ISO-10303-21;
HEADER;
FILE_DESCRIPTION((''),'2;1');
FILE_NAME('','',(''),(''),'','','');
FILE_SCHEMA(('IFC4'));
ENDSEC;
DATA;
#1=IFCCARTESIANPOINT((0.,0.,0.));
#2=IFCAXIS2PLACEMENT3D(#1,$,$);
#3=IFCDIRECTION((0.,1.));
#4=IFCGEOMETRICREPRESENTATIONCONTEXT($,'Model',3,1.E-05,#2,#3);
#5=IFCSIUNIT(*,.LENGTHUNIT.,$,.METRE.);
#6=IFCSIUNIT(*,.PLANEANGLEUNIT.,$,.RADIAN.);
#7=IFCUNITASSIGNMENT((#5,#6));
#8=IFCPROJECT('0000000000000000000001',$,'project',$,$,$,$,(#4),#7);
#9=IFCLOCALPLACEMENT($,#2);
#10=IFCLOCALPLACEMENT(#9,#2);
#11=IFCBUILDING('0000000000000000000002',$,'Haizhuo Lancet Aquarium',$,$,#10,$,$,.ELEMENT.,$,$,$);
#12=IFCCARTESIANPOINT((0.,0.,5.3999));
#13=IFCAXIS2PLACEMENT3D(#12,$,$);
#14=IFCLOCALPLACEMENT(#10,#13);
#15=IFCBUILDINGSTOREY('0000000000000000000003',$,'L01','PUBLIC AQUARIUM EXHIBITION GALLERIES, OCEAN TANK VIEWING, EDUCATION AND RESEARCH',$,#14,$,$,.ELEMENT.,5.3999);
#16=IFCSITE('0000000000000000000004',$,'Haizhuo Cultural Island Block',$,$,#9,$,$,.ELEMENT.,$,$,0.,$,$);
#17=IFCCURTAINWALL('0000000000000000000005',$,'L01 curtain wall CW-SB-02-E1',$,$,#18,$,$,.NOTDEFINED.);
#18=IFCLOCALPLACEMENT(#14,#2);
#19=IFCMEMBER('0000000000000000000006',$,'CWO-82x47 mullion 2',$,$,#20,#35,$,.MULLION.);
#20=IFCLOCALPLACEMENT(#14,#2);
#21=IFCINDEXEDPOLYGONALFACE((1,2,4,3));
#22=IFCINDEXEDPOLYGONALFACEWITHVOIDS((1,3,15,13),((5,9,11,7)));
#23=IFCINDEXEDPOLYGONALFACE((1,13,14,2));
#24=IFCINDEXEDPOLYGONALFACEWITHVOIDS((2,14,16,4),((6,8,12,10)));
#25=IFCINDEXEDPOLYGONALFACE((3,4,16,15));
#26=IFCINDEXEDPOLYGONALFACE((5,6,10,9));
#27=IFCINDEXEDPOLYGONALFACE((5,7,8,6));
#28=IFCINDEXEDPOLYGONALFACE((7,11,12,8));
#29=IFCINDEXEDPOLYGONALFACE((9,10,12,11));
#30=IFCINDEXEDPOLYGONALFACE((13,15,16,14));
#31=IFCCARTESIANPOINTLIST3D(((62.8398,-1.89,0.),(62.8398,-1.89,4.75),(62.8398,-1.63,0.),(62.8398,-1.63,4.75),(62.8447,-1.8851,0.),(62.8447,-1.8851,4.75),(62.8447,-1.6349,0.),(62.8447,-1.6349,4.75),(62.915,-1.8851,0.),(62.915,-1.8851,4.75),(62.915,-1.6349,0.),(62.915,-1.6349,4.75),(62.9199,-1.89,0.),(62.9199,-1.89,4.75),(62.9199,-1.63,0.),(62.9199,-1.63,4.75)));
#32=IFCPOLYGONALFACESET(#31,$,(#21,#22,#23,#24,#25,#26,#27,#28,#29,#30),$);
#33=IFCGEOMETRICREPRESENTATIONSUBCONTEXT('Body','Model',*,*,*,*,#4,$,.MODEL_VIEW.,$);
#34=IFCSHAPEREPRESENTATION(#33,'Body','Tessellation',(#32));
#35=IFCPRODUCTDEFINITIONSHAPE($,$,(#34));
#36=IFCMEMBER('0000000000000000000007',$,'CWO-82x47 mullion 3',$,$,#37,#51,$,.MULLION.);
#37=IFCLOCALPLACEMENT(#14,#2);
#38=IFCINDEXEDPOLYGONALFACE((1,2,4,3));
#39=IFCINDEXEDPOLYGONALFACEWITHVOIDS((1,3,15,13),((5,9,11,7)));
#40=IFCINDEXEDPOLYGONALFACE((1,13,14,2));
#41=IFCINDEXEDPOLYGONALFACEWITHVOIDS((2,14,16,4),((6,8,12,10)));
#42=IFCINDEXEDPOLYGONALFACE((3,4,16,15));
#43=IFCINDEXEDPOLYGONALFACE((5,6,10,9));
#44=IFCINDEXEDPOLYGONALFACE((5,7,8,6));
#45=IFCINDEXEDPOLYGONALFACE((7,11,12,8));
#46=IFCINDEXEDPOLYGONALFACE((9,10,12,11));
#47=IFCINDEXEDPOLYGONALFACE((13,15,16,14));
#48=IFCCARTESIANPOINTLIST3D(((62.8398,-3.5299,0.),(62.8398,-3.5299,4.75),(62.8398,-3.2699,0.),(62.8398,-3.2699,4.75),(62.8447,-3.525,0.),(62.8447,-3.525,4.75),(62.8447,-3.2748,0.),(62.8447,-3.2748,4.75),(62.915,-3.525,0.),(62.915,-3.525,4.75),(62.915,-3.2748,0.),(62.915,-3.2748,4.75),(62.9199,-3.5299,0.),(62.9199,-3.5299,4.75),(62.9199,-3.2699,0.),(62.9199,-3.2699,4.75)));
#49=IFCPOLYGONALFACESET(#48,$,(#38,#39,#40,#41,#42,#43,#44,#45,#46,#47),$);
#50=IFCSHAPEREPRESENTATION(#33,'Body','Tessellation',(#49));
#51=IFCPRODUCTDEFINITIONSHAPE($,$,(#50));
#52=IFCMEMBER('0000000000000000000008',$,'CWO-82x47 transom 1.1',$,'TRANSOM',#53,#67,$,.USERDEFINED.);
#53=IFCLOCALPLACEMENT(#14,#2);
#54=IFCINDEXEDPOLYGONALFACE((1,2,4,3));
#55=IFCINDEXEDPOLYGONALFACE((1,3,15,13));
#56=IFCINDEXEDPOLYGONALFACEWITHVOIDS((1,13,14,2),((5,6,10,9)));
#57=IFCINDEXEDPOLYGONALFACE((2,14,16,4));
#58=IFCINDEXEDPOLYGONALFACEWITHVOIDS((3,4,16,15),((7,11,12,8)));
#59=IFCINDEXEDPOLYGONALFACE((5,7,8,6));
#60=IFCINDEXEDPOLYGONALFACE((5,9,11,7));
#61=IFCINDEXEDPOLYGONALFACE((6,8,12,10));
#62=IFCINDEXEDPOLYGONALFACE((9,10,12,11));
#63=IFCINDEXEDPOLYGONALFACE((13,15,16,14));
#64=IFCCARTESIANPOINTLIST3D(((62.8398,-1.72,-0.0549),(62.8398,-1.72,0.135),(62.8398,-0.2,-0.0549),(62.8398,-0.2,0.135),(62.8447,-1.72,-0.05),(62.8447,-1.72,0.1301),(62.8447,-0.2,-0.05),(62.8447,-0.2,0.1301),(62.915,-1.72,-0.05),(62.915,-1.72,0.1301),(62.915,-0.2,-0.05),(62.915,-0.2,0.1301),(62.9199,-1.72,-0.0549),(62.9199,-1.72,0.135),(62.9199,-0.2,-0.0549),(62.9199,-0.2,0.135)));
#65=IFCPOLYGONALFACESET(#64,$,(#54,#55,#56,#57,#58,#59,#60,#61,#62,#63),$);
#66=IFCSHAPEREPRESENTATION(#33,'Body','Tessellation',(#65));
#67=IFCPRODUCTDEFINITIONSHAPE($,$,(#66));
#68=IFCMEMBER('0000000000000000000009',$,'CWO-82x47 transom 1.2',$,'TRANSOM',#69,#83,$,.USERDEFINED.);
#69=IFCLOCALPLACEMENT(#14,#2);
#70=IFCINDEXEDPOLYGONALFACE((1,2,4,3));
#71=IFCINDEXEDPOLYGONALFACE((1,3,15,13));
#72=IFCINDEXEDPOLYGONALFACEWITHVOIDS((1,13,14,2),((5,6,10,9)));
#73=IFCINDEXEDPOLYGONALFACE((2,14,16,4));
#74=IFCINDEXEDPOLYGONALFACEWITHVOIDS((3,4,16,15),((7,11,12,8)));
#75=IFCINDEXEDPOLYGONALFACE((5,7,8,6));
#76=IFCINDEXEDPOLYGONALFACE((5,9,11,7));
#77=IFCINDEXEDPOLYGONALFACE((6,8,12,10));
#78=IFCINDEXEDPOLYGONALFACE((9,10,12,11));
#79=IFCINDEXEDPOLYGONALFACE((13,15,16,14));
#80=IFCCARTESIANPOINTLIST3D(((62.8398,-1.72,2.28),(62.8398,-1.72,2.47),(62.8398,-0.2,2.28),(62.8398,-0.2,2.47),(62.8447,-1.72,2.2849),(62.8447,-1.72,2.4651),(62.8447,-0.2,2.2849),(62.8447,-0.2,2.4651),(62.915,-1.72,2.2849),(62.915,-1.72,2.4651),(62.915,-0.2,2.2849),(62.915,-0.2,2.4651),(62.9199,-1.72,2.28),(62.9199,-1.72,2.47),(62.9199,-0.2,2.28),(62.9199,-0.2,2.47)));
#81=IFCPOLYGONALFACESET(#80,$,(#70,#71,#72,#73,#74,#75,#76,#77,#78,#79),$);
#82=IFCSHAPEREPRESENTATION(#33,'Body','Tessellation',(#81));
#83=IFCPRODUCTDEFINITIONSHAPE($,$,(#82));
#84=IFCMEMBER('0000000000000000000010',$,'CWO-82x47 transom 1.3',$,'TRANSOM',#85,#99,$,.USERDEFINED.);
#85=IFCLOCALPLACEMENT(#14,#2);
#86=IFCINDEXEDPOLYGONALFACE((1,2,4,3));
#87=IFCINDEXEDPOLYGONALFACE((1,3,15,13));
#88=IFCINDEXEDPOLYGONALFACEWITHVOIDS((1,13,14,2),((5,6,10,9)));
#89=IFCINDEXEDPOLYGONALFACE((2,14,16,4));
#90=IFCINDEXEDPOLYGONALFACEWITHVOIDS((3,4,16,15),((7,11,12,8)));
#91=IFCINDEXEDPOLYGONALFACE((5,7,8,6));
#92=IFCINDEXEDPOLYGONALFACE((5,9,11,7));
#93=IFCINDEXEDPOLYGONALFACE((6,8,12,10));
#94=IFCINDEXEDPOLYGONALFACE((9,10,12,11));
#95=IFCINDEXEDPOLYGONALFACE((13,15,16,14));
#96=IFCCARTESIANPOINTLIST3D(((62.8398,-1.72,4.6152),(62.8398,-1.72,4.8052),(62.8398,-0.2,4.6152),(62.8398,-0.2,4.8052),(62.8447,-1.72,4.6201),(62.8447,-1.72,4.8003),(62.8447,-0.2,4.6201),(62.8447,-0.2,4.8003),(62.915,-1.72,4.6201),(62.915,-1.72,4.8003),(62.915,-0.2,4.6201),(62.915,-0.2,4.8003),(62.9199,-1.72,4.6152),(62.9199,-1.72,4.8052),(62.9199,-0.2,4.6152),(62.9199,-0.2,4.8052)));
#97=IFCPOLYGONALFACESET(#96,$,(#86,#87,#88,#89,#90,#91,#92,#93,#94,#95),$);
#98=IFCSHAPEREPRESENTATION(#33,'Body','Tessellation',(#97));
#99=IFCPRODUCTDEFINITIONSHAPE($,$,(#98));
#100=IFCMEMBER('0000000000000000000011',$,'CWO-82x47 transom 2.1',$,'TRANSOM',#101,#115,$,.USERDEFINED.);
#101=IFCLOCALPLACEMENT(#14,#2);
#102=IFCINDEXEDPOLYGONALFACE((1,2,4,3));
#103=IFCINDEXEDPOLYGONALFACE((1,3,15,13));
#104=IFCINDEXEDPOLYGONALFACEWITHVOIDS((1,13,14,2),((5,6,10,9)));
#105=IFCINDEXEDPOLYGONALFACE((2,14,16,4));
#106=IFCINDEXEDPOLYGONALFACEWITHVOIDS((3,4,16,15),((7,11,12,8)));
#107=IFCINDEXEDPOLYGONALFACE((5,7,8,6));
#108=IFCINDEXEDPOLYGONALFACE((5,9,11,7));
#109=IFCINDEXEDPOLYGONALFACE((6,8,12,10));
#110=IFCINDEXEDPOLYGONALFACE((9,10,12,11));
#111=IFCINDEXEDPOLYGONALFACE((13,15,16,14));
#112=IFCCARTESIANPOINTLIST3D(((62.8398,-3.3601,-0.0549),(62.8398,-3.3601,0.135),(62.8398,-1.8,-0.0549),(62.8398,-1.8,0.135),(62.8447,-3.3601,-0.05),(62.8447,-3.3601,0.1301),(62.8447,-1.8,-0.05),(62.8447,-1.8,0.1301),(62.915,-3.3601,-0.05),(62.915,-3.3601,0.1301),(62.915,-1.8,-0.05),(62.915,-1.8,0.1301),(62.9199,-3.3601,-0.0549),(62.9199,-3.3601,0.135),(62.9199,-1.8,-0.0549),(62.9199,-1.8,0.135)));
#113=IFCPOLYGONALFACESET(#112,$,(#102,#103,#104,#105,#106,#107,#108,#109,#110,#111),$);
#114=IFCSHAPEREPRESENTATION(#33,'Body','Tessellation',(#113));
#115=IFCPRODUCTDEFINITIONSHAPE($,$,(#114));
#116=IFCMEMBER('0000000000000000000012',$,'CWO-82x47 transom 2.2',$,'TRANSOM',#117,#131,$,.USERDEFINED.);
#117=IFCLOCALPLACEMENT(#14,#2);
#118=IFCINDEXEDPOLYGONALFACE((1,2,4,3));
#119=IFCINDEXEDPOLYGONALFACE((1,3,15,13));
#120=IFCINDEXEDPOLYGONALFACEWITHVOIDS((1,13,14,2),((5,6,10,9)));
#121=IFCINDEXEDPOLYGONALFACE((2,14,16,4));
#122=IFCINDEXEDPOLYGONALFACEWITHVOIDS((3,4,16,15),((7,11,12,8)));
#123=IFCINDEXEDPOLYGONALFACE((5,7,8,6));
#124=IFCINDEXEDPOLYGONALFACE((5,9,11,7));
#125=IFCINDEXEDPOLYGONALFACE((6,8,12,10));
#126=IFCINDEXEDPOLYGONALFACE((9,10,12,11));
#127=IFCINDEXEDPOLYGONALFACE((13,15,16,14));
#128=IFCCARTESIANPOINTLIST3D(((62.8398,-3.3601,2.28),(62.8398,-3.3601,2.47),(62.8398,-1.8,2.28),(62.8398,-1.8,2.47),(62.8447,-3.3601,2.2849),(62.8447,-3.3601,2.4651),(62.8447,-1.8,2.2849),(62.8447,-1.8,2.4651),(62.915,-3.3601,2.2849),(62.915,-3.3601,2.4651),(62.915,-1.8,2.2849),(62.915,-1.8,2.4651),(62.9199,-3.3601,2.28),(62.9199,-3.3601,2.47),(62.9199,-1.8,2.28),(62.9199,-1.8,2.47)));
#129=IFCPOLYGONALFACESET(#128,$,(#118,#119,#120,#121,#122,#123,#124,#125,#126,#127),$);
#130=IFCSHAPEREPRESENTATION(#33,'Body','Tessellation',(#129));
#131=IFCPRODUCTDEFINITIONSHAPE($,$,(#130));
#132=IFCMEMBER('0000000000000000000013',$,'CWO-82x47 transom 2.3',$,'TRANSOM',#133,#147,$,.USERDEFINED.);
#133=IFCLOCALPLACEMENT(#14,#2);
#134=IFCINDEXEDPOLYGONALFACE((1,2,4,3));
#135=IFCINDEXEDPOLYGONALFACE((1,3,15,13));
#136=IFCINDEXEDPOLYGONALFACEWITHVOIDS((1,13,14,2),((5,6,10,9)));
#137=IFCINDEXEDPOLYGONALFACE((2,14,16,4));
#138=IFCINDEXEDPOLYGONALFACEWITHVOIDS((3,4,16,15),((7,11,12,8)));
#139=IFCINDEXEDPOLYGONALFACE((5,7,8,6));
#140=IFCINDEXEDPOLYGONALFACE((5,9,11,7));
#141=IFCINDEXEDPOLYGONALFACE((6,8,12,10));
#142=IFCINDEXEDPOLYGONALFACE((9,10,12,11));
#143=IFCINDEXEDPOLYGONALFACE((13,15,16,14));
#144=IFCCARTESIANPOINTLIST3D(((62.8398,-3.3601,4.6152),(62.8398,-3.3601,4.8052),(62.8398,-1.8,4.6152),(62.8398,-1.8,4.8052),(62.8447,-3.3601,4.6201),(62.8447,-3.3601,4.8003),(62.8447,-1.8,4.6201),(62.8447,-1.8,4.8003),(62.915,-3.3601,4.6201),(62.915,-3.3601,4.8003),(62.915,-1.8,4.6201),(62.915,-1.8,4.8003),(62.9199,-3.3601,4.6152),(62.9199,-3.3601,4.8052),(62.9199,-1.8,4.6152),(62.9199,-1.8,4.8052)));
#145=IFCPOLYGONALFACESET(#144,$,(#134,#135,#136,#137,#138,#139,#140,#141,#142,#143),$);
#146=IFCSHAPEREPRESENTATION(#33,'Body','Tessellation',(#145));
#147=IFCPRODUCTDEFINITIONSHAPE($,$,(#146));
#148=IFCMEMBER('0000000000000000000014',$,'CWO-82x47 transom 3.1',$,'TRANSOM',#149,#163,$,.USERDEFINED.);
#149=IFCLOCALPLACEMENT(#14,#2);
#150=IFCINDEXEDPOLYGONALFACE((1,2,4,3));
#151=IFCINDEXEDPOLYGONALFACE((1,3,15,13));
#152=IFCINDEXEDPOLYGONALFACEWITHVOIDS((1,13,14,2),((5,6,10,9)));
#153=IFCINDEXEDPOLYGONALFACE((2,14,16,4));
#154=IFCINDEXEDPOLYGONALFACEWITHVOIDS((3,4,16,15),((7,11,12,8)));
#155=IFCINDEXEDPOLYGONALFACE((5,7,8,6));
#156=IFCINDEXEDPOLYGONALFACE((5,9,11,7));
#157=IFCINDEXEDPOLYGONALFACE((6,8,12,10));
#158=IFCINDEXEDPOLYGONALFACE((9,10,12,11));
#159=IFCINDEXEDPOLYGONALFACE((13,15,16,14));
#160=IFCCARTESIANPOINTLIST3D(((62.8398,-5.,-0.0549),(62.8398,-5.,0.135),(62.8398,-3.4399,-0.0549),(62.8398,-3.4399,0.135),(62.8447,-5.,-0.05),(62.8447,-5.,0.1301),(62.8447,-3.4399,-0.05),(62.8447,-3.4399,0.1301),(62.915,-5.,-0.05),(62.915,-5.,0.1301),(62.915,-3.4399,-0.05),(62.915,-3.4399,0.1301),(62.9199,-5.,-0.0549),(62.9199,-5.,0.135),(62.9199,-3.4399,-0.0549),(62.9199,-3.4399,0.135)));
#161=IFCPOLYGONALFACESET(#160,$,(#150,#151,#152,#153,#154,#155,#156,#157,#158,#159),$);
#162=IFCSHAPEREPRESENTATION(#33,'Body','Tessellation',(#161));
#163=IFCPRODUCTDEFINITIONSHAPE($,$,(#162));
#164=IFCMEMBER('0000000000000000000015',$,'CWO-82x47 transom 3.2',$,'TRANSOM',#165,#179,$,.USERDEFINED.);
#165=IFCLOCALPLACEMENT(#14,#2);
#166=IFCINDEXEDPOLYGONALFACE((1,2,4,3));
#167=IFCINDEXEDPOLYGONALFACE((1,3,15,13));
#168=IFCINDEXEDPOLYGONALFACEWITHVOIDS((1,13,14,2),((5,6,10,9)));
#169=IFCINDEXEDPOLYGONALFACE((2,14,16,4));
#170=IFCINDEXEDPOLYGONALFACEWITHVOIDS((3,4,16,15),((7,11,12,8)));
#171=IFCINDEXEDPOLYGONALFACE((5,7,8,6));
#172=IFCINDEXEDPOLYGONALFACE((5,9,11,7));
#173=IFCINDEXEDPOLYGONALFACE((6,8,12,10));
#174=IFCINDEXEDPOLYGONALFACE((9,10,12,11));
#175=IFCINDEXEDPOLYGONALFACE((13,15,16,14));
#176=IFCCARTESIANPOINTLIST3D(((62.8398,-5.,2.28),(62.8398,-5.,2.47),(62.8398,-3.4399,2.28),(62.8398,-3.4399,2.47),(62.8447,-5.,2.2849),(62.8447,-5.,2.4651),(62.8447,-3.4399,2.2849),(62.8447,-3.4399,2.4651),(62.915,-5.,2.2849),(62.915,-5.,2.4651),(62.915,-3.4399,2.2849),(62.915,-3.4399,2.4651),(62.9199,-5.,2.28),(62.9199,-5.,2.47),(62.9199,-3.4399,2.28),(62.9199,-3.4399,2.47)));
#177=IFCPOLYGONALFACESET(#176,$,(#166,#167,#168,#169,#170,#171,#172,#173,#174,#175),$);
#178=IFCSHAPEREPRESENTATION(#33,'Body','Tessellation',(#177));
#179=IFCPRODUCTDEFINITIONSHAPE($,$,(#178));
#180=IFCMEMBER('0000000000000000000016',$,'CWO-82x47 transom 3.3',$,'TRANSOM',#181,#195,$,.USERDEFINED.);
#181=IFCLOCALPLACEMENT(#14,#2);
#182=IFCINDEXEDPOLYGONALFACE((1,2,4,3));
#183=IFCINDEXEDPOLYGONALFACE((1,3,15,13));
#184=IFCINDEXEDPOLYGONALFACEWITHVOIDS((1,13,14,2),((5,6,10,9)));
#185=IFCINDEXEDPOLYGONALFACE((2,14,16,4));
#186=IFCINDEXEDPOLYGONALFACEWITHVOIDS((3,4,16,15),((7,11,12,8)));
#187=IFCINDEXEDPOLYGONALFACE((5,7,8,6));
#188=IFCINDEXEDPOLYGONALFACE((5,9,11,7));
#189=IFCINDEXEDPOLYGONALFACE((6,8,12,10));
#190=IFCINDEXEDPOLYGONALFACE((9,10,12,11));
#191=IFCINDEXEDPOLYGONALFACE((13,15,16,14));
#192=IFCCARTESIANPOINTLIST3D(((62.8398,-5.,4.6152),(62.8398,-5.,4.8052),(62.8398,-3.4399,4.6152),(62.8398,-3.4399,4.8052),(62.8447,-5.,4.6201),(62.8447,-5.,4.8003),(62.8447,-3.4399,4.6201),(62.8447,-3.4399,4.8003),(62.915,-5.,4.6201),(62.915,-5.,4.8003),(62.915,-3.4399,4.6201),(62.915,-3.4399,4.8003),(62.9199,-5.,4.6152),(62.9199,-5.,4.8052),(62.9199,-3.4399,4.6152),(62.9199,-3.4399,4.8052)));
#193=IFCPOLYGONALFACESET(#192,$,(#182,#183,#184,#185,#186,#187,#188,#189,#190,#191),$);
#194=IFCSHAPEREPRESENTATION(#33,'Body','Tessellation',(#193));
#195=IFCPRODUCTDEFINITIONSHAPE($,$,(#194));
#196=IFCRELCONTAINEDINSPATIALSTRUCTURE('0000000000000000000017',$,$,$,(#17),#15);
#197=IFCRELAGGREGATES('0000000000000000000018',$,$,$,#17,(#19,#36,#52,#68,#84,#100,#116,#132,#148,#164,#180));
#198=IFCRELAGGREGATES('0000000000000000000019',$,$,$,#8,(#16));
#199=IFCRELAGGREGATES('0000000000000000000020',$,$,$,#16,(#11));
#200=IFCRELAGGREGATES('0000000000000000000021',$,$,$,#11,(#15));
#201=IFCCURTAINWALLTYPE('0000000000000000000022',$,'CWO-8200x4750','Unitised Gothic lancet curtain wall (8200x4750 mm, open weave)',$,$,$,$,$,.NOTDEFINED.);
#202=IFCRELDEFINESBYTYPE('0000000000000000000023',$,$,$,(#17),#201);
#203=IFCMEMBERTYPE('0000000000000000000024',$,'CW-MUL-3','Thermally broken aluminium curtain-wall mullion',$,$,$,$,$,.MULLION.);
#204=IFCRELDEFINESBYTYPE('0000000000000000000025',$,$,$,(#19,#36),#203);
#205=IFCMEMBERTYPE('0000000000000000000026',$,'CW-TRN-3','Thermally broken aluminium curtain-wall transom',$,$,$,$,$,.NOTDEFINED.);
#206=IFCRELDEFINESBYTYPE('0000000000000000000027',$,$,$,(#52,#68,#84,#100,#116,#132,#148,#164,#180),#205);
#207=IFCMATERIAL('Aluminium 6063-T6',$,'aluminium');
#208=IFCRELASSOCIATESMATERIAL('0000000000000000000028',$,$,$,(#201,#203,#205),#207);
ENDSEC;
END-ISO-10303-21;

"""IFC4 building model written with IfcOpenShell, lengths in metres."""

from ifc_helpers import new_model, si_unit, direction, frame, origin, origin_2d, place, context, subcontext, project, spatial, hollow_rectangle, extrude, material, material_profile, profile_set, type_object, element, aggregate, save


model = new_model("IFC4")

# Units and contexts
model_context = context("Model", 3, precision=1e-05, world=origin(), true_north=direction((0.0, 1.0)))
body_context = subcontext(model_context, "Body", "Model", "MODEL_VIEW")
ifc_project = project(units=[si_unit("LENGTHUNIT", "METRE"), si_unit("PLANEANGLEUNIT", "RADIAN")], contexts=[model_context])

# Site, building, storey
site_placement = place(None, origin())
site = spatial("IfcSite", under=ifc_project, at=site_placement, Name="Haizhuo Cultural Island Block", CompositionType="ELEMENT", RefElevation=0.0)
building_placement = place(site_placement, origin())
building = spatial("IfcBuilding", under=site, at=building_placement, Name="Haizhuo Lancet Aquarium", CompositionType="ELEMENT")
storey_placement = place(building_placement, frame((0.0, 0.0, 5.3999)))
storey = spatial("IfcBuildingStorey", under=building, at=storey_placement, Name="L01", Description="PUBLIC AQUARIUM EXHIBITION GALLERIES, OCEAN TANK VIEWING, EDUCATION AND RESEARCH", CompositionType="ELEMENT", Elevation=5.3999)

# Curtain wall, members
ifc_material_1 = material(Name="Aluminium 6063-T6", Category="aluminium")
curtain_wall_type = type_object("IfcCurtainWallType", Name="CWO-8200x4750", Description="Unitised Gothic lancet curtain wall (8200x4750 mm, open weave)", PredefinedType="NOTDEFINED", material=ifc_material_1)
curtain_wall_placement = place(storey_placement, origin())
curtain_wall = element("IfcCurtainWall", 1, at=curtain_wall_placement, inside=storey, type_object=curtain_wall_type, Name="L01 curtain wall CW-SB-02-E1", PredefinedType="NOTDEFINED")
ifc_material_profile_1 = material_profile(ifc_material_1, hollow_rectangle(XDim=0.0801, YDim=0.26, WallThickness=0.0049, at=origin_2d()), Name="ALU-M 80x260x5")
ifc_profile_set_1 = profile_set([ifc_material_profile_1], Name="Aluminium 6063-T6")
member_type_1 = type_object("IfcMemberType", Name="CW-MUL-3", Description="Thermally broken aluminium curtain-wall mullion", PredefinedType="MULLION", material=ifc_profile_set_1)
member_1_placement = place(storey_placement, frame((62.8799, -1.76, 0.0), z_axis=(0.0, 0.0, 1.0), x_axis=(1.0, 0.0, 0.0)))
member_1 = element("IfcMember", 2, at=member_1_placement, type_object=member_type_1, Name="CWO-82x47 mullion 2", PredefinedType="MULLION", context=body_context, shape_type="SweptSolid", body=[
    extrude(hollow_rectangle(XDim=0.0801, YDim=0.26, WallThickness=0.0049, at=origin_2d()), origin(), (0.0, 0.0, 1.0), 4.75),
])
member_2_placement = place(storey_placement, frame((62.8799, -3.3999, 0.0), z_axis=(0.0, 0.0, 1.0), x_axis=(1.0, 0.0, 0.0)))
member_2 = element("IfcMember", 3, at=member_2_placement, type_object=member_type_1, Name="CWO-82x47 mullion 3", PredefinedType="MULLION", context=body_context, shape_type="SweptSolid", body=[
    extrude(hollow_rectangle(XDim=0.0801, YDim=0.26, WallThickness=0.0049, at=origin_2d()), origin(), (0.0, 0.0, 1.0), 4.75),
])
ifc_material_profile_2 = material_profile(ifc_material_1, hollow_rectangle(XDim=0.0801, YDim=0.1899, WallThickness=0.0049, at=origin_2d()), Name="ALU-T 80x190x5")
ifc_profile_set_2 = profile_set([ifc_material_profile_2], Name="Aluminium 6063-T6")
member_type_2 = type_object("IfcMemberType", Name="CW-TRN-3", Description="Thermally broken aluminium curtain-wall transom", PredefinedType="NOTDEFINED", material=ifc_profile_set_2)
member_3_placement = place(storey_placement, frame((62.8799, -0.2, 0.04), z_axis=(0.0, -1.0, 0.0), x_axis=(1.0, 0.0, 0.0)))
member_3 = element("IfcMember", 4, at=member_3_placement, type_object=member_type_2, Name="CWO-82x47 transom 1.1", ObjectType="TRANSOM", PredefinedType="USERDEFINED", context=body_context, shape_type="SweptSolid", body=[
    extrude(hollow_rectangle(XDim=0.0801, YDim=0.1899, WallThickness=0.0049, at=origin_2d()), origin(), (0.0, 0.0, 1.0), 1.52),
])
member_4_placement = place(storey_placement, frame((62.8799, -0.2, 2.375), z_axis=(0.0, -1.0, 0.0), x_axis=(1.0, 0.0, 0.0)))
member_4 = element("IfcMember", 5, at=member_4_placement, type_object=member_type_2, Name="CWO-82x47 transom 1.2", ObjectType="TRANSOM", PredefinedType="USERDEFINED", context=body_context, shape_type="SweptSolid", body=[
    extrude(hollow_rectangle(XDim=0.0801, YDim=0.1899, WallThickness=0.0049, at=origin_2d()), origin(), (0.0, 0.0, 1.0), 1.52),
])
member_5_placement = place(storey_placement, frame((62.8799, -0.2, 4.7102), z_axis=(0.0, -1.0, 0.0), x_axis=(1.0, 0.0, 0.0)))
member_5 = element("IfcMember", 6, at=member_5_placement, type_object=member_type_2, Name="CWO-82x47 transom 1.3", ObjectType="TRANSOM", PredefinedType="USERDEFINED", context=body_context, shape_type="SweptSolid", body=[
    extrude(hollow_rectangle(XDim=0.0801, YDim=0.1899, WallThickness=0.0049, at=origin_2d()), origin(), (0.0, 0.0, 1.0), 1.52),
])
member_6_placement = place(storey_placement, frame((62.8799, -1.8, 0.04), z_axis=(0.0, -1.0, 0.0), x_axis=(1.0, 0.0, 0.0)))
member_6 = element("IfcMember", 7, at=member_6_placement, type_object=member_type_2, Name="CWO-82x47 transom 2.1", ObjectType="TRANSOM", PredefinedType="USERDEFINED", context=body_context, shape_type="SweptSolid", body=[
    extrude(hollow_rectangle(XDim=0.0801, YDim=0.1899, WallThickness=0.0049, at=origin_2d()), origin(), (0.0, 0.0, 1.0), 1.5601),
])
member_7_placement = place(storey_placement, frame((62.8799, -1.8, 2.375), z_axis=(0.0, -1.0, 0.0), x_axis=(1.0, 0.0, 0.0)))
member_7 = element("IfcMember", 8, at=member_7_placement, type_object=member_type_2, Name="CWO-82x47 transom 2.2", ObjectType="TRANSOM", PredefinedType="USERDEFINED", context=body_context, shape_type="SweptSolid", body=[
    extrude(hollow_rectangle(XDim=0.0801, YDim=0.1899, WallThickness=0.0049, at=origin_2d()), origin(), (0.0, 0.0, 1.0), 1.5601),
])
member_8_placement = place(storey_placement, frame((62.8799, -1.8, 4.7102), z_axis=(0.0, -1.0, 0.0), x_axis=(1.0, 0.0, 0.0)))
member_8 = element("IfcMember", 9, at=member_8_placement, type_object=member_type_2, Name="CWO-82x47 transom 2.3", ObjectType="TRANSOM", PredefinedType="USERDEFINED", context=body_context, shape_type="SweptSolid", body=[
    extrude(hollow_rectangle(XDim=0.0801, YDim=0.1899, WallThickness=0.0049, at=origin_2d()), origin(), (0.0, 0.0, 1.0), 1.5601),
])
member_9_placement = place(storey_placement, frame((62.8799, -3.4399, 0.04), z_axis=(0.0, -1.0, 0.0), x_axis=(1.0, 0.0, 0.0)))
member_9 = element("IfcMember", 10, at=member_9_placement, type_object=member_type_2, Name="CWO-82x47 transom 3.1", ObjectType="TRANSOM", PredefinedType="USERDEFINED", context=body_context, shape_type="SweptSolid", body=[
    extrude(hollow_rectangle(XDim=0.0801, YDim=0.1899, WallThickness=0.0049, at=origin_2d()), origin(), (0.0, 0.0, 1.0), 1.5601),
])
member_10_placement = place(storey_placement, frame((62.8799, -3.4399, 2.375), z_axis=(0.0, -1.0, 0.0), x_axis=(1.0, 0.0, 0.0)))
member_10 = element("IfcMember", 11, at=member_10_placement, type_object=member_type_2, Name="CWO-82x47 transom 3.2", ObjectType="TRANSOM", PredefinedType="USERDEFINED", context=body_context, shape_type="SweptSolid", body=[
    extrude(hollow_rectangle(XDim=0.0801, YDim=0.1899, WallThickness=0.0049, at=origin_2d()), origin(), (0.0, 0.0, 1.0), 1.5601),
])
member_11_placement = place(storey_placement, frame((62.8799, -3.4399, 4.7102), z_axis=(0.0, -1.0, 0.0), x_axis=(1.0, 0.0, 0.0)))
member_11 = element("IfcMember", 12, at=member_11_placement, type_object=member_type_2, Name="CWO-82x47 transom 3.3", ObjectType="TRANSOM", PredefinedType="USERDEFINED", context=body_context, shape_type="SweptSolid", body=[
    extrude(hollow_rectangle(XDim=0.0801, YDim=0.1899, WallThickness=0.0049, at=origin_2d()), origin(), (0.0, 0.0, 1.0), 1.5601),
])

aggregate(curtain_wall, [member_1, member_2, member_3, member_4, member_5, member_6, member_7, member_8, member_9, member_10, member_11])

save(model, "model.ifc")
